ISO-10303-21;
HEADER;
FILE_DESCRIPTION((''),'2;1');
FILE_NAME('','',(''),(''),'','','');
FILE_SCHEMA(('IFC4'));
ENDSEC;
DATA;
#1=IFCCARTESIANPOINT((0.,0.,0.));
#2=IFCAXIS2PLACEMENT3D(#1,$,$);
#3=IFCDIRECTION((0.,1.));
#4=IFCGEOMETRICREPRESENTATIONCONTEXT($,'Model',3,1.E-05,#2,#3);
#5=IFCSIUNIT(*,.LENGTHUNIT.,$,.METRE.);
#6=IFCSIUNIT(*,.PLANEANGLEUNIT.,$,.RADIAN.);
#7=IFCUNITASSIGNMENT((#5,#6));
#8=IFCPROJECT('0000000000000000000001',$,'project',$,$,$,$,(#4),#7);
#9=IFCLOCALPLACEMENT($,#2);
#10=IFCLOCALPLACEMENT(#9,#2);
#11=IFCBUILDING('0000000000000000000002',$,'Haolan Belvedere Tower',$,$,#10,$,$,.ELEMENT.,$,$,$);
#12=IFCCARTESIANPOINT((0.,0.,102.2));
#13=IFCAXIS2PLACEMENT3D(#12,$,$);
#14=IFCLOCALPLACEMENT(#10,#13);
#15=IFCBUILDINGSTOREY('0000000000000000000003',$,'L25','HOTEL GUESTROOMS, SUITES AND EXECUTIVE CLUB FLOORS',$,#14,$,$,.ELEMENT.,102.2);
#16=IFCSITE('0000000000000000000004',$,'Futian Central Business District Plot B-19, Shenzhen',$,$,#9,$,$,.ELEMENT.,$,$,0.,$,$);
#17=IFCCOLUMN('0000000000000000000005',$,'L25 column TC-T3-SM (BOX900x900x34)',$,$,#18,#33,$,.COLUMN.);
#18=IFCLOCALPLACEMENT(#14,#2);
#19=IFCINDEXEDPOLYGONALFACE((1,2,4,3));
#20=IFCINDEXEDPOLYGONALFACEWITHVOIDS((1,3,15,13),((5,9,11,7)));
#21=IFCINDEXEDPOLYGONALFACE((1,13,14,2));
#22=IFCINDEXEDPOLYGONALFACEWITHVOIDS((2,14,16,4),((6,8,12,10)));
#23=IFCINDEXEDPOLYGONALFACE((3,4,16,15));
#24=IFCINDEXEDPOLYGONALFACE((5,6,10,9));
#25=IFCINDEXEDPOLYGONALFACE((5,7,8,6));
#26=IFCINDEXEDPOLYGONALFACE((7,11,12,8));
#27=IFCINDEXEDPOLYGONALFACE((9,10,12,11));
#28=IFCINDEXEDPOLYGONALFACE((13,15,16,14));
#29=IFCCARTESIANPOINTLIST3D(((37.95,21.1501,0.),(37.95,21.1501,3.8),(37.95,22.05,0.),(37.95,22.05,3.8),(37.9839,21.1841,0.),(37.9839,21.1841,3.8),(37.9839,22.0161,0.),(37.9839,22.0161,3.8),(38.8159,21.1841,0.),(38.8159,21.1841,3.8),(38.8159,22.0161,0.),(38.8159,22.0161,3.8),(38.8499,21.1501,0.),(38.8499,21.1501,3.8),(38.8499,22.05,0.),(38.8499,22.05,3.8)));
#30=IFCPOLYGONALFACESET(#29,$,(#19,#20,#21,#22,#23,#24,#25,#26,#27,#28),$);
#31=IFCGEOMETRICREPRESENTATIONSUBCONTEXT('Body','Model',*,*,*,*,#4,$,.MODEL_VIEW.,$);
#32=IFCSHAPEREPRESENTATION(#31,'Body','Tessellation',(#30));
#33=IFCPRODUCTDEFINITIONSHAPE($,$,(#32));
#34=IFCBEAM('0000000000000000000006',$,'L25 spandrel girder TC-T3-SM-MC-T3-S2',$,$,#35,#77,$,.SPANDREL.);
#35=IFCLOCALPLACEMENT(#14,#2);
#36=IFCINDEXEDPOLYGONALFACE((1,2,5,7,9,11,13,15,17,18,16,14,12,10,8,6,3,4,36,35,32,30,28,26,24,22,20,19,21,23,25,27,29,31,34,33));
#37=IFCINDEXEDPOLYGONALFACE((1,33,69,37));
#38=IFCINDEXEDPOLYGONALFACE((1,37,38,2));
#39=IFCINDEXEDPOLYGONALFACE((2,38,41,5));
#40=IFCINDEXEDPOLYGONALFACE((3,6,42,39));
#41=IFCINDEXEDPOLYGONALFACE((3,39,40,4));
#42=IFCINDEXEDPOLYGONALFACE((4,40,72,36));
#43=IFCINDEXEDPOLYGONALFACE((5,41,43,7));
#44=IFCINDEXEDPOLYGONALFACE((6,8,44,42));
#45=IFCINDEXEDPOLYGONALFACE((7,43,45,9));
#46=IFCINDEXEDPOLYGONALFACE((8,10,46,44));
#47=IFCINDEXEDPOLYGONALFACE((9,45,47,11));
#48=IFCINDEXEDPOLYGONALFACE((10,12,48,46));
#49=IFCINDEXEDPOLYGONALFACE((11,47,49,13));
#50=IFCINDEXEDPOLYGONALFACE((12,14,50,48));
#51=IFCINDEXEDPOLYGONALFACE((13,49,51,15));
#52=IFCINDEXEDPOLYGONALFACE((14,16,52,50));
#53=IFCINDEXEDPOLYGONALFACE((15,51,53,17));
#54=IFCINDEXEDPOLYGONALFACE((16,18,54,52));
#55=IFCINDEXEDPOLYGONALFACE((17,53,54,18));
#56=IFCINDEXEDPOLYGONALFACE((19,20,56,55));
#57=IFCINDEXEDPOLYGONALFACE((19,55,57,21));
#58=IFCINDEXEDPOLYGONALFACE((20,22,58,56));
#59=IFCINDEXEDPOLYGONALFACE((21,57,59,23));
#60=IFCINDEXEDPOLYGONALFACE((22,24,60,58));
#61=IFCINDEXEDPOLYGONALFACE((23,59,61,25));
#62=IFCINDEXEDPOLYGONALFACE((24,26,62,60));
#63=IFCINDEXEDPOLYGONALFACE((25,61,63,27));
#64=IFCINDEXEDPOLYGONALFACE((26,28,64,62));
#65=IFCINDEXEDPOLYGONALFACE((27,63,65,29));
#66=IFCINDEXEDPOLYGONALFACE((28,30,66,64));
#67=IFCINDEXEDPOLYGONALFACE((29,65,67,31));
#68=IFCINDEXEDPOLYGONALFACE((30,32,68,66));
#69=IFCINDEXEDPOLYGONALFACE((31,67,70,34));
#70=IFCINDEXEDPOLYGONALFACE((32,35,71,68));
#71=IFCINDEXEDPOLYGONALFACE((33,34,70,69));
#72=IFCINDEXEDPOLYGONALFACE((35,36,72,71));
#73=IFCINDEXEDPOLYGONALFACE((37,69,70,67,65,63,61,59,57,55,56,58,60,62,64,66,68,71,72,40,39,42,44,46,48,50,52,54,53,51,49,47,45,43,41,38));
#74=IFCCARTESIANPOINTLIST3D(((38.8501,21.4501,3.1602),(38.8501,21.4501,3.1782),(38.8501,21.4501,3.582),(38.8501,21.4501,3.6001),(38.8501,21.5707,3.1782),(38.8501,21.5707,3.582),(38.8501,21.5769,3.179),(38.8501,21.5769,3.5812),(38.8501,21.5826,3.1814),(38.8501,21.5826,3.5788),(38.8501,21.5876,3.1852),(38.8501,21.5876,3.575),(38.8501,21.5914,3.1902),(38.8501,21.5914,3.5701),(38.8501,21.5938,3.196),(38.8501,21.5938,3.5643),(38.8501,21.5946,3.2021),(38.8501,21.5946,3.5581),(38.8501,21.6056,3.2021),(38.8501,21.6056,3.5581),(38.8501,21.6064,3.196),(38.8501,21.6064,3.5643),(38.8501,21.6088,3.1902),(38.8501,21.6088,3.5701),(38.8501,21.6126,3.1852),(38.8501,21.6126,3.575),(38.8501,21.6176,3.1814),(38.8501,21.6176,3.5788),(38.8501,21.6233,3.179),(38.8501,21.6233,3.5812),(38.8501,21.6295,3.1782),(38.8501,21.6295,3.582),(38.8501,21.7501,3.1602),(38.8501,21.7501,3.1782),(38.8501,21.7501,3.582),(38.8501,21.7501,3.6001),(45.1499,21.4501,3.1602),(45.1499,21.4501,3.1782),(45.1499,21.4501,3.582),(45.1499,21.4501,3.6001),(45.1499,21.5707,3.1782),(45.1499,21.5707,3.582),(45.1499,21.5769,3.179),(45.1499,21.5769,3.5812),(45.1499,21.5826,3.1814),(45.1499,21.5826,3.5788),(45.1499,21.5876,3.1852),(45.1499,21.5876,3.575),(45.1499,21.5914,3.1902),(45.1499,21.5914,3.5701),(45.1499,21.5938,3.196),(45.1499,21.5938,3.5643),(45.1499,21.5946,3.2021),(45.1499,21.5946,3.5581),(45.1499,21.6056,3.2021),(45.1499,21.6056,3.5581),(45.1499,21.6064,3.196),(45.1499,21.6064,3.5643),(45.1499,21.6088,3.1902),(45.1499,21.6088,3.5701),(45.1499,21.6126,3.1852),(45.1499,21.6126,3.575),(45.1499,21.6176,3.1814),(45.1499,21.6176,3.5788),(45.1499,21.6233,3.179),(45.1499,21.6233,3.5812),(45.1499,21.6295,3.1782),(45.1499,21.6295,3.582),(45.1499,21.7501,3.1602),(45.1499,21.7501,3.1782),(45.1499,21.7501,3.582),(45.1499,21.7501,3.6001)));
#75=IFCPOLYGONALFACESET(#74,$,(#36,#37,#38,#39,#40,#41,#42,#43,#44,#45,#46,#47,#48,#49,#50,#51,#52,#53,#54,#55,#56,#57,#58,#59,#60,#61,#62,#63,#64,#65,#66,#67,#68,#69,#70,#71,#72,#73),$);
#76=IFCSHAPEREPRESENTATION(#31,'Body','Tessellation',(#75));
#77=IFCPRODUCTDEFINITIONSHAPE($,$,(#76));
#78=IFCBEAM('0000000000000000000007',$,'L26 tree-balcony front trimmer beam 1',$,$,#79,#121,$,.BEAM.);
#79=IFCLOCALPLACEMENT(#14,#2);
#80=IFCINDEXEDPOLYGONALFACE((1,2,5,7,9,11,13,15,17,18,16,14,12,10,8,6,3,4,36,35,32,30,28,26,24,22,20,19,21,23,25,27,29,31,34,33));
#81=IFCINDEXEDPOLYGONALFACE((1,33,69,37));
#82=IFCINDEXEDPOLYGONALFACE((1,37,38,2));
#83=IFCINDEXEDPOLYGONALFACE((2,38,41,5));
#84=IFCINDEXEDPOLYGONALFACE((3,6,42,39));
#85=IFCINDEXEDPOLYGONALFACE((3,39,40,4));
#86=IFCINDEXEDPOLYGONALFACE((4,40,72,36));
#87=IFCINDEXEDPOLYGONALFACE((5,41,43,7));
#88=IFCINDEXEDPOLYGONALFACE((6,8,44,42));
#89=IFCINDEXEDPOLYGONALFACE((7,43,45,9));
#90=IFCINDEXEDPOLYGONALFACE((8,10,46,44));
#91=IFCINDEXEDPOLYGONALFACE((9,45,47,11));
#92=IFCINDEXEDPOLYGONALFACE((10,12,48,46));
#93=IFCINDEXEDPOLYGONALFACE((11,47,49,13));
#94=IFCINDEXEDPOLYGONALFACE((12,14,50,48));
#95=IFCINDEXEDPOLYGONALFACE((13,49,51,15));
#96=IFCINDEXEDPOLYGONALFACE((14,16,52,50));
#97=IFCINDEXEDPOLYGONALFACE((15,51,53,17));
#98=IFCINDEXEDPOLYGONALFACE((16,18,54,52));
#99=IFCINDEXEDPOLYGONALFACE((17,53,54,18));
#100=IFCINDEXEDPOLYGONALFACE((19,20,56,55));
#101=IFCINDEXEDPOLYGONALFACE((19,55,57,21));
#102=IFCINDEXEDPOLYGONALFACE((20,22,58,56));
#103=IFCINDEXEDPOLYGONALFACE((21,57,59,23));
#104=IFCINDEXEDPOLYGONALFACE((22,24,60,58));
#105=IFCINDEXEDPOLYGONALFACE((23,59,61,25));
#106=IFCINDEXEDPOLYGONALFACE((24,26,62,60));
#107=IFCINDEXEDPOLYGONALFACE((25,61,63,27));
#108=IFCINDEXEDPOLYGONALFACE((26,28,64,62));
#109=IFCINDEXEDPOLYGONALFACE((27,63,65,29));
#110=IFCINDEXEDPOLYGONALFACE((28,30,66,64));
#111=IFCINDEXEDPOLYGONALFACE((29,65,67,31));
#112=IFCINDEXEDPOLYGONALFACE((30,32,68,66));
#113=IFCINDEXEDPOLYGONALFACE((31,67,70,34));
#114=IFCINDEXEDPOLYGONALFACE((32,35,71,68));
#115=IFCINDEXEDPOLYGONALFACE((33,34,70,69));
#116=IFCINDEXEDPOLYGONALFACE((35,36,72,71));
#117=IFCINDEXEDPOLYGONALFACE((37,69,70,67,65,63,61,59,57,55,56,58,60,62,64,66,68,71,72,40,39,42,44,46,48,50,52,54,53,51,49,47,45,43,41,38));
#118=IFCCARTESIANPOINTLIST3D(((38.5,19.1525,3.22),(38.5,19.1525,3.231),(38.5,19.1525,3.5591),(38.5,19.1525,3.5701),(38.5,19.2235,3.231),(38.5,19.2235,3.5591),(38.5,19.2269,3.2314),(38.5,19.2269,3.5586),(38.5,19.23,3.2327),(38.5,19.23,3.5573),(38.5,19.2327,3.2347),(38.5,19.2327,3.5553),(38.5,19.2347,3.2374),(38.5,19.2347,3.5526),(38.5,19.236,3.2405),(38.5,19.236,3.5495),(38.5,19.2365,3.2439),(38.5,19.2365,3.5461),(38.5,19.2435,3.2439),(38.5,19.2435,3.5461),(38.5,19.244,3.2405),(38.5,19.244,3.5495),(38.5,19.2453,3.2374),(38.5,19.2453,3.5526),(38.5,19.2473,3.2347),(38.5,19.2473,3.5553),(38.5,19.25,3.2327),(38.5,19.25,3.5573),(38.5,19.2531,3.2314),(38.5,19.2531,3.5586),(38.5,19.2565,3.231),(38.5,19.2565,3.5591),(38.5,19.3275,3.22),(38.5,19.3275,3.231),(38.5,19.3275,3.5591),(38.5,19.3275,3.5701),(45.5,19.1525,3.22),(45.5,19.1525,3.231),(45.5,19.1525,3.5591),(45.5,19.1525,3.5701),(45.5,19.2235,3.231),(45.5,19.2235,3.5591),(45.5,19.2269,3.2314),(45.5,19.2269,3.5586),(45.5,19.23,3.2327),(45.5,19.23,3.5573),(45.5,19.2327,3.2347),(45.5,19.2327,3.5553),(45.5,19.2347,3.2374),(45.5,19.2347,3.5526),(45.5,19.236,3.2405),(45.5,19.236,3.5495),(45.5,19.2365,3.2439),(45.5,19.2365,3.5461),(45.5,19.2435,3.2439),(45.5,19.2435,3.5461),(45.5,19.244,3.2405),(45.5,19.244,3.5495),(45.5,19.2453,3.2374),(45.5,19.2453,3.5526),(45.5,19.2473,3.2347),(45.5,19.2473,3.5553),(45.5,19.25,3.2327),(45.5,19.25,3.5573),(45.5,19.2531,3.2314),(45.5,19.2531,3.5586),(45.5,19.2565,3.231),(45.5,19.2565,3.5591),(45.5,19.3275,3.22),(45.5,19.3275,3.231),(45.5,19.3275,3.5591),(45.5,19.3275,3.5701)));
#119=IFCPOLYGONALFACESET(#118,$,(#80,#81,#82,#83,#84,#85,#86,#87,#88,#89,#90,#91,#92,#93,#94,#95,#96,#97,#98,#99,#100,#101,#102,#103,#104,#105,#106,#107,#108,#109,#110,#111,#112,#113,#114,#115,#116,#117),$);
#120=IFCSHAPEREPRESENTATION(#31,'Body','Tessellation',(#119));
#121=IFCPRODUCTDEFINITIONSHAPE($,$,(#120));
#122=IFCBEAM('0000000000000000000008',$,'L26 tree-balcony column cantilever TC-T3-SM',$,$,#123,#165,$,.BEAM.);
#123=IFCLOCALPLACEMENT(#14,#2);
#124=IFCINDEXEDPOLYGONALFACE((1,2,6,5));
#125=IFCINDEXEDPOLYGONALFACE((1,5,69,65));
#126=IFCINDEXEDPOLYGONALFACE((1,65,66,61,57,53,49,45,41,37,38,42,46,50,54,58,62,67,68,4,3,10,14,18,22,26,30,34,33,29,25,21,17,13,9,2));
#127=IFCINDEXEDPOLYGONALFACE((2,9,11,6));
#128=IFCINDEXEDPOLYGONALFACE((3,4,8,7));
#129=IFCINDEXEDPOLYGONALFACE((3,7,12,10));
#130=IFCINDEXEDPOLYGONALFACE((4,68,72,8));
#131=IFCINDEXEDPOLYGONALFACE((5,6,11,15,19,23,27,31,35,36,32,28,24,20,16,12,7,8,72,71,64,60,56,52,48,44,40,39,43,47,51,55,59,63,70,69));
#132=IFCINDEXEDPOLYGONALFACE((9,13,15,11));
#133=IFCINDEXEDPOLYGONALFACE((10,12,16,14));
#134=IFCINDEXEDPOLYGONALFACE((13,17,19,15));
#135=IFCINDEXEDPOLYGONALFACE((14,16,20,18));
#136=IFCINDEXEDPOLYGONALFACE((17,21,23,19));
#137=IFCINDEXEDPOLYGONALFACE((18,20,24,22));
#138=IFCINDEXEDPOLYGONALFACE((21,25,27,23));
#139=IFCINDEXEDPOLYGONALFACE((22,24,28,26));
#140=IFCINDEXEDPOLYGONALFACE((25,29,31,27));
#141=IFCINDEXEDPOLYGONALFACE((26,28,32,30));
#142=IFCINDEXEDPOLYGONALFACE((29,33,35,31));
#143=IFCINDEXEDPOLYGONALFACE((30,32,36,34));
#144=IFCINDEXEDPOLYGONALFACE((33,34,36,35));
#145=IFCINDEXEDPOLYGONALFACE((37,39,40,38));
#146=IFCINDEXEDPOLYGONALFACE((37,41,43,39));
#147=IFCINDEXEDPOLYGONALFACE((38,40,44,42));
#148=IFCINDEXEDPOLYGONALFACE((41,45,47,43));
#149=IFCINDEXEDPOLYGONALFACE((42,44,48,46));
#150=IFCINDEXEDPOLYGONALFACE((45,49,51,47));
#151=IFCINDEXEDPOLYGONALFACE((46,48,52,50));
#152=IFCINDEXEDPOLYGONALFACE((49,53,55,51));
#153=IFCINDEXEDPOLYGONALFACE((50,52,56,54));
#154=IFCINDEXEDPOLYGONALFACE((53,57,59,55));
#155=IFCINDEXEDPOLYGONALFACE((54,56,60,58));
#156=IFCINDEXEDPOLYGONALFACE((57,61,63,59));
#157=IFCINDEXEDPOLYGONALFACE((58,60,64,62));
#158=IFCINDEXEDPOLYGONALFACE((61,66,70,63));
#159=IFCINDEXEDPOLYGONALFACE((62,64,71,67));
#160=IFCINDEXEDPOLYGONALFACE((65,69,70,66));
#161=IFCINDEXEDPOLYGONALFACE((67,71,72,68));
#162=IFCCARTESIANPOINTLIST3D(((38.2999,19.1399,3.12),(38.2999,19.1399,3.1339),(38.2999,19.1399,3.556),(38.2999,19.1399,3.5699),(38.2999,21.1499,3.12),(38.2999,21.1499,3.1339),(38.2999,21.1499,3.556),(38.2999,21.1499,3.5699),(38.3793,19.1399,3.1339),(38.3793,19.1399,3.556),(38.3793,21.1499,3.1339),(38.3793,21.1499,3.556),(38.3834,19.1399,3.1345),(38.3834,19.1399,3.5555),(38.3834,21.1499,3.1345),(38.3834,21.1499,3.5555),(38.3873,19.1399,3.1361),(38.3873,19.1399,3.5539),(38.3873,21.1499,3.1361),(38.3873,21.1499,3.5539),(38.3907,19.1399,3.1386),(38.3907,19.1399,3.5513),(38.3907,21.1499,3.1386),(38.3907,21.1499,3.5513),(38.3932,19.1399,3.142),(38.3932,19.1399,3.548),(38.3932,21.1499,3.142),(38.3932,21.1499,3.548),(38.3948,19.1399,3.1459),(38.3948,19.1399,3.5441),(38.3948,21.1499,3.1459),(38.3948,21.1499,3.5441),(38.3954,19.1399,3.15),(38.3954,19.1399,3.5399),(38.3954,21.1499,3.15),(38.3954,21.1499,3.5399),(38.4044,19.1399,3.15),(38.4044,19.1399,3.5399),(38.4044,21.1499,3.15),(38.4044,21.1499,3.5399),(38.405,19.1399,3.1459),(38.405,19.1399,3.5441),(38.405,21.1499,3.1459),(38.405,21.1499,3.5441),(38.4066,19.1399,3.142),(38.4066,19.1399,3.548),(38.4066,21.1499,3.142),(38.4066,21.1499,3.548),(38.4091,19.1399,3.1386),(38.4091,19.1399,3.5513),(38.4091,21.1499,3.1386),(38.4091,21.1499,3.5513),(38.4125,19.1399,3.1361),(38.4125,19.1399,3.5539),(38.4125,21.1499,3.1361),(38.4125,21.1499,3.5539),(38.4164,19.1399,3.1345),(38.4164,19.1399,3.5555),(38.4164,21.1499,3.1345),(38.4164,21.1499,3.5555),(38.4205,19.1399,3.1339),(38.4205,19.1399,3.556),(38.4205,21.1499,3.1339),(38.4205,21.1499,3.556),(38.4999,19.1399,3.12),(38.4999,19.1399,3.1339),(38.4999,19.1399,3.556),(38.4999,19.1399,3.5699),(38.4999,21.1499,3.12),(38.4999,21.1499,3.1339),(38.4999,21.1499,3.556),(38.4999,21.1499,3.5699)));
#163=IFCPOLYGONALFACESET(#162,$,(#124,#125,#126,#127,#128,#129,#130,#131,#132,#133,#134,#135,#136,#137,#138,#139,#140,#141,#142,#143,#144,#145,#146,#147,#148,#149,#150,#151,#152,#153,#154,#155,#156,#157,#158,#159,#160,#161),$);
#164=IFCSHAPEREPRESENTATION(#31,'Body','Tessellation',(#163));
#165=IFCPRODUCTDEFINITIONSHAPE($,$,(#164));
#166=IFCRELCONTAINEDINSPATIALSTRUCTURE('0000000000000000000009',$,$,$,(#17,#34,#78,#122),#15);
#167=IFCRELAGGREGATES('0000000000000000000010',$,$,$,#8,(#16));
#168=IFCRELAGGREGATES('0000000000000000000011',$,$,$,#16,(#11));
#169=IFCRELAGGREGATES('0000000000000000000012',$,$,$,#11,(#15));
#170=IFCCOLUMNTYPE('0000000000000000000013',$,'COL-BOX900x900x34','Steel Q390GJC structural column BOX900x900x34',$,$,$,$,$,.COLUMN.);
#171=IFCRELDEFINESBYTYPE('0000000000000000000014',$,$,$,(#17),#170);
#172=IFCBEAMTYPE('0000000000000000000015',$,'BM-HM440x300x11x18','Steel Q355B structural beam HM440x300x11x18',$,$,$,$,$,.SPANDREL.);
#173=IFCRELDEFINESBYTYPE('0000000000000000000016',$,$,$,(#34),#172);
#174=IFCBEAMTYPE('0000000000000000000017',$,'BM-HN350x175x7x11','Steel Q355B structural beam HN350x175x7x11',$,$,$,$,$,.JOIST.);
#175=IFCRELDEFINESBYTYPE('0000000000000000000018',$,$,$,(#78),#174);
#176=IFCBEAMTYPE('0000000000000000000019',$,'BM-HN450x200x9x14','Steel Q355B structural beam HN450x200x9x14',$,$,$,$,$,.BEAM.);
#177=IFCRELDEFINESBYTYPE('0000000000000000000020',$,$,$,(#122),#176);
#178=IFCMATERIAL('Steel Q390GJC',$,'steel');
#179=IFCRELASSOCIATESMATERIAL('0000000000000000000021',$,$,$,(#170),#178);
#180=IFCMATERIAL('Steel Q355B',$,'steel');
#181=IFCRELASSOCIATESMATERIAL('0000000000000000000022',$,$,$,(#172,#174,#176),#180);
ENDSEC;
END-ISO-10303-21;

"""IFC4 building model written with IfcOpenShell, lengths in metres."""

from ifc_helpers import new_model, si_unit, direction, frame, origin, origin_2d, place, context, subcontext, project, spatial, hollow_rectangle, i_section, extrude, material, material_profile, profile_set, type_object, element, save


model = new_model("IFC4")

# Units and contexts
model_context = context("Model", 3, precision=1e-05, world=origin(), true_north=direction((0.0, 1.0)))
body_context = subcontext(model_context, "Body", "Model", "MODEL_VIEW")
ifc_project = project(units=[si_unit("LENGTHUNIT", "METRE"), si_unit("PLANEANGLEUNIT", "RADIAN")], contexts=[model_context])

# Site, building, storey
site_placement = place(None, origin())
site = spatial("IfcSite", under=ifc_project, at=site_placement, Name="Futian Central Business District Plot B-19, Shenzhen", CompositionType="ELEMENT", RefElevation=0.0)
building_placement = place(site_placement, origin())
building = spatial("IfcBuilding", under=site, at=building_placement, Name="Haolan Belvedere Tower", CompositionType="ELEMENT")
storey_placement = place(building_placement, frame((0.0, 0.0, 102.2)))
storey = spatial("IfcBuildingStorey", under=building, at=storey_placement, Name="L25", Description="HOTEL GUESTROOMS, SUITES AND EXECUTIVE CLUB FLOORS", CompositionType="ELEMENT", Elevation=102.2)

# Column
ifc_material_1 = material(Name="Steel Q390GJC", Category="steel")
ifc_material_profile_1 = material_profile(ifc_material_1, hollow_rectangle(XDim=0.8999, YDim=0.8999, WallThickness=0.0339, at=origin_2d()), Name="Steel Q390GJC")
ifc_profile_set_1 = profile_set([ifc_material_profile_1], Name="Steel Q390GJC")
column_type = type_object("IfcColumnType", Name="COL-BOX900x900x34", Description="Steel Q390GJC structural column BOX900x900x34", PredefinedType="COLUMN", material=ifc_profile_set_1)
column_placement = place(storey_placement, frame((38.3999, 21.6001, 0.0), z_axis=(0.0, 0.0, 1.0), x_axis=(1.0, 0.0, 0.0)))
element("IfcColumn", 1, at=column_placement, inside=storey, type_object=column_type, Name="L25 column TC-T3-SM (BOX900x900x34)", PredefinedType="COLUMN", context=body_context, shape_type="SweptSolid", body=[
    extrude(hollow_rectangle(XDim=0.8999, YDim=0.8999, WallThickness=0.0339, at=origin_2d()), origin(), (0.0, 0.0, 1.0), 3.8),
])

# Beams
ifc_material_2 = material(Name="Steel Q355B", Category="steel")
ifc_material_profile_2 = material_profile(ifc_material_2, i_section(OverallWidth=0.3, OverallDepth=0.4399, WebThickness=0.011, FlangeThickness=0.0181, FilletRadius=0.0239, at=origin_2d()), Name="Steel Q355B")
ifc_profile_set_2 = profile_set([ifc_material_profile_2], Name="Steel Q355B")
beam_type_1 = type_object("IfcBeamType", Name="BM-HM440x300x11x18", Description="Steel Q355B structural beam HM440x300x11x18", PredefinedType="SPANDREL", material=ifc_profile_set_2)
beam_1_placement = place(storey_placement, frame((38.8501, 21.6001, 3.3801), z_axis=(1.0, 0.0, 0.0), x_axis=(0.0, 1.0, 0.0)))
element("IfcBeam", 2, at=beam_1_placement, inside=storey, type_object=beam_type_1, Name="L25 spandrel girder TC-T3-SM-MC-T3-S2", PredefinedType="SPANDREL", context=body_context, shape_type="SweptSolid", body=[
    extrude(i_section(OverallWidth=0.3, OverallDepth=0.4399, WebThickness=0.011, FlangeThickness=0.0181, FilletRadius=0.0239, at=origin_2d()), origin(), (0.0, 0.0, 1.0), 6.2998),
])
ifc_material_profile_3 = material_profile(ifc_material_2, i_section(OverallWidth=0.175, OverallDepth=0.3501, WebThickness=0.0071, FlangeThickness=0.011, FilletRadius=0.0129, at=origin_2d()), Name="Steel Q355B")
ifc_profile_set_3 = profile_set([ifc_material_profile_3], Name="Steel Q355B")
beam_type_2 = type_object("IfcBeamType", Name="BM-HN350x175x7x11", Description="Steel Q355B structural beam HN350x175x7x11", PredefinedType="JOIST", material=ifc_profile_set_3)
beam_2_placement = place(storey_placement, frame((38.5, 19.24, 3.395), z_axis=(1.0, 0.0, 0.0), x_axis=(0.0, 1.0, 0.0)))
element("IfcBeam", 3, at=beam_2_placement, inside=storey, type_object=beam_type_2, Name="L26 tree-balcony front trimmer beam 1", PredefinedType="BEAM", context=body_context, shape_type="SweptSolid", body=[
    extrude(i_section(OverallWidth=0.175, OverallDepth=0.3501, WebThickness=0.0071, FlangeThickness=0.011, FilletRadius=0.0129, at=origin_2d()), origin(), (0.0, 0.0, 1.0), 7.0),
])
ifc_material_profile_4 = material_profile(ifc_material_2, i_section(OverallWidth=0.2, OverallDepth=0.45, WebThickness=0.009, FlangeThickness=0.0139, FilletRadius=0.0161, at=origin_2d()), Name="Steel Q355B")
ifc_profile_set_4 = profile_set([ifc_material_profile_4], Name="Steel Q355B")
beam_type_3 = type_object("IfcBeamType", Name="BM-HN450x200x9x14", Description="Steel Q355B structural beam HN450x200x9x14", PredefinedType="BEAM", material=ifc_profile_set_4)
beam_3_placement = place(storey_placement, frame((38.3999, 21.1499, 3.345), z_axis=(0.0, -1.0, 0.0), x_axis=(1.0, 0.0, 0.0)))
element("IfcBeam", 4, at=beam_3_placement, inside=storey, type_object=beam_type_3, Name="L26 tree-balcony column cantilever TC-T3-SM", PredefinedType="BEAM", context=body_context, shape_type="SweptSolid", body=[
    extrude(i_section(OverallWidth=0.2, OverallDepth=0.45, WebThickness=0.009, FlangeThickness=0.0139, FilletRadius=0.0161, at=origin_2d()), origin(), (0.0, 0.0, 1.0), 2.01),
])

save(model, "model.ifc")
